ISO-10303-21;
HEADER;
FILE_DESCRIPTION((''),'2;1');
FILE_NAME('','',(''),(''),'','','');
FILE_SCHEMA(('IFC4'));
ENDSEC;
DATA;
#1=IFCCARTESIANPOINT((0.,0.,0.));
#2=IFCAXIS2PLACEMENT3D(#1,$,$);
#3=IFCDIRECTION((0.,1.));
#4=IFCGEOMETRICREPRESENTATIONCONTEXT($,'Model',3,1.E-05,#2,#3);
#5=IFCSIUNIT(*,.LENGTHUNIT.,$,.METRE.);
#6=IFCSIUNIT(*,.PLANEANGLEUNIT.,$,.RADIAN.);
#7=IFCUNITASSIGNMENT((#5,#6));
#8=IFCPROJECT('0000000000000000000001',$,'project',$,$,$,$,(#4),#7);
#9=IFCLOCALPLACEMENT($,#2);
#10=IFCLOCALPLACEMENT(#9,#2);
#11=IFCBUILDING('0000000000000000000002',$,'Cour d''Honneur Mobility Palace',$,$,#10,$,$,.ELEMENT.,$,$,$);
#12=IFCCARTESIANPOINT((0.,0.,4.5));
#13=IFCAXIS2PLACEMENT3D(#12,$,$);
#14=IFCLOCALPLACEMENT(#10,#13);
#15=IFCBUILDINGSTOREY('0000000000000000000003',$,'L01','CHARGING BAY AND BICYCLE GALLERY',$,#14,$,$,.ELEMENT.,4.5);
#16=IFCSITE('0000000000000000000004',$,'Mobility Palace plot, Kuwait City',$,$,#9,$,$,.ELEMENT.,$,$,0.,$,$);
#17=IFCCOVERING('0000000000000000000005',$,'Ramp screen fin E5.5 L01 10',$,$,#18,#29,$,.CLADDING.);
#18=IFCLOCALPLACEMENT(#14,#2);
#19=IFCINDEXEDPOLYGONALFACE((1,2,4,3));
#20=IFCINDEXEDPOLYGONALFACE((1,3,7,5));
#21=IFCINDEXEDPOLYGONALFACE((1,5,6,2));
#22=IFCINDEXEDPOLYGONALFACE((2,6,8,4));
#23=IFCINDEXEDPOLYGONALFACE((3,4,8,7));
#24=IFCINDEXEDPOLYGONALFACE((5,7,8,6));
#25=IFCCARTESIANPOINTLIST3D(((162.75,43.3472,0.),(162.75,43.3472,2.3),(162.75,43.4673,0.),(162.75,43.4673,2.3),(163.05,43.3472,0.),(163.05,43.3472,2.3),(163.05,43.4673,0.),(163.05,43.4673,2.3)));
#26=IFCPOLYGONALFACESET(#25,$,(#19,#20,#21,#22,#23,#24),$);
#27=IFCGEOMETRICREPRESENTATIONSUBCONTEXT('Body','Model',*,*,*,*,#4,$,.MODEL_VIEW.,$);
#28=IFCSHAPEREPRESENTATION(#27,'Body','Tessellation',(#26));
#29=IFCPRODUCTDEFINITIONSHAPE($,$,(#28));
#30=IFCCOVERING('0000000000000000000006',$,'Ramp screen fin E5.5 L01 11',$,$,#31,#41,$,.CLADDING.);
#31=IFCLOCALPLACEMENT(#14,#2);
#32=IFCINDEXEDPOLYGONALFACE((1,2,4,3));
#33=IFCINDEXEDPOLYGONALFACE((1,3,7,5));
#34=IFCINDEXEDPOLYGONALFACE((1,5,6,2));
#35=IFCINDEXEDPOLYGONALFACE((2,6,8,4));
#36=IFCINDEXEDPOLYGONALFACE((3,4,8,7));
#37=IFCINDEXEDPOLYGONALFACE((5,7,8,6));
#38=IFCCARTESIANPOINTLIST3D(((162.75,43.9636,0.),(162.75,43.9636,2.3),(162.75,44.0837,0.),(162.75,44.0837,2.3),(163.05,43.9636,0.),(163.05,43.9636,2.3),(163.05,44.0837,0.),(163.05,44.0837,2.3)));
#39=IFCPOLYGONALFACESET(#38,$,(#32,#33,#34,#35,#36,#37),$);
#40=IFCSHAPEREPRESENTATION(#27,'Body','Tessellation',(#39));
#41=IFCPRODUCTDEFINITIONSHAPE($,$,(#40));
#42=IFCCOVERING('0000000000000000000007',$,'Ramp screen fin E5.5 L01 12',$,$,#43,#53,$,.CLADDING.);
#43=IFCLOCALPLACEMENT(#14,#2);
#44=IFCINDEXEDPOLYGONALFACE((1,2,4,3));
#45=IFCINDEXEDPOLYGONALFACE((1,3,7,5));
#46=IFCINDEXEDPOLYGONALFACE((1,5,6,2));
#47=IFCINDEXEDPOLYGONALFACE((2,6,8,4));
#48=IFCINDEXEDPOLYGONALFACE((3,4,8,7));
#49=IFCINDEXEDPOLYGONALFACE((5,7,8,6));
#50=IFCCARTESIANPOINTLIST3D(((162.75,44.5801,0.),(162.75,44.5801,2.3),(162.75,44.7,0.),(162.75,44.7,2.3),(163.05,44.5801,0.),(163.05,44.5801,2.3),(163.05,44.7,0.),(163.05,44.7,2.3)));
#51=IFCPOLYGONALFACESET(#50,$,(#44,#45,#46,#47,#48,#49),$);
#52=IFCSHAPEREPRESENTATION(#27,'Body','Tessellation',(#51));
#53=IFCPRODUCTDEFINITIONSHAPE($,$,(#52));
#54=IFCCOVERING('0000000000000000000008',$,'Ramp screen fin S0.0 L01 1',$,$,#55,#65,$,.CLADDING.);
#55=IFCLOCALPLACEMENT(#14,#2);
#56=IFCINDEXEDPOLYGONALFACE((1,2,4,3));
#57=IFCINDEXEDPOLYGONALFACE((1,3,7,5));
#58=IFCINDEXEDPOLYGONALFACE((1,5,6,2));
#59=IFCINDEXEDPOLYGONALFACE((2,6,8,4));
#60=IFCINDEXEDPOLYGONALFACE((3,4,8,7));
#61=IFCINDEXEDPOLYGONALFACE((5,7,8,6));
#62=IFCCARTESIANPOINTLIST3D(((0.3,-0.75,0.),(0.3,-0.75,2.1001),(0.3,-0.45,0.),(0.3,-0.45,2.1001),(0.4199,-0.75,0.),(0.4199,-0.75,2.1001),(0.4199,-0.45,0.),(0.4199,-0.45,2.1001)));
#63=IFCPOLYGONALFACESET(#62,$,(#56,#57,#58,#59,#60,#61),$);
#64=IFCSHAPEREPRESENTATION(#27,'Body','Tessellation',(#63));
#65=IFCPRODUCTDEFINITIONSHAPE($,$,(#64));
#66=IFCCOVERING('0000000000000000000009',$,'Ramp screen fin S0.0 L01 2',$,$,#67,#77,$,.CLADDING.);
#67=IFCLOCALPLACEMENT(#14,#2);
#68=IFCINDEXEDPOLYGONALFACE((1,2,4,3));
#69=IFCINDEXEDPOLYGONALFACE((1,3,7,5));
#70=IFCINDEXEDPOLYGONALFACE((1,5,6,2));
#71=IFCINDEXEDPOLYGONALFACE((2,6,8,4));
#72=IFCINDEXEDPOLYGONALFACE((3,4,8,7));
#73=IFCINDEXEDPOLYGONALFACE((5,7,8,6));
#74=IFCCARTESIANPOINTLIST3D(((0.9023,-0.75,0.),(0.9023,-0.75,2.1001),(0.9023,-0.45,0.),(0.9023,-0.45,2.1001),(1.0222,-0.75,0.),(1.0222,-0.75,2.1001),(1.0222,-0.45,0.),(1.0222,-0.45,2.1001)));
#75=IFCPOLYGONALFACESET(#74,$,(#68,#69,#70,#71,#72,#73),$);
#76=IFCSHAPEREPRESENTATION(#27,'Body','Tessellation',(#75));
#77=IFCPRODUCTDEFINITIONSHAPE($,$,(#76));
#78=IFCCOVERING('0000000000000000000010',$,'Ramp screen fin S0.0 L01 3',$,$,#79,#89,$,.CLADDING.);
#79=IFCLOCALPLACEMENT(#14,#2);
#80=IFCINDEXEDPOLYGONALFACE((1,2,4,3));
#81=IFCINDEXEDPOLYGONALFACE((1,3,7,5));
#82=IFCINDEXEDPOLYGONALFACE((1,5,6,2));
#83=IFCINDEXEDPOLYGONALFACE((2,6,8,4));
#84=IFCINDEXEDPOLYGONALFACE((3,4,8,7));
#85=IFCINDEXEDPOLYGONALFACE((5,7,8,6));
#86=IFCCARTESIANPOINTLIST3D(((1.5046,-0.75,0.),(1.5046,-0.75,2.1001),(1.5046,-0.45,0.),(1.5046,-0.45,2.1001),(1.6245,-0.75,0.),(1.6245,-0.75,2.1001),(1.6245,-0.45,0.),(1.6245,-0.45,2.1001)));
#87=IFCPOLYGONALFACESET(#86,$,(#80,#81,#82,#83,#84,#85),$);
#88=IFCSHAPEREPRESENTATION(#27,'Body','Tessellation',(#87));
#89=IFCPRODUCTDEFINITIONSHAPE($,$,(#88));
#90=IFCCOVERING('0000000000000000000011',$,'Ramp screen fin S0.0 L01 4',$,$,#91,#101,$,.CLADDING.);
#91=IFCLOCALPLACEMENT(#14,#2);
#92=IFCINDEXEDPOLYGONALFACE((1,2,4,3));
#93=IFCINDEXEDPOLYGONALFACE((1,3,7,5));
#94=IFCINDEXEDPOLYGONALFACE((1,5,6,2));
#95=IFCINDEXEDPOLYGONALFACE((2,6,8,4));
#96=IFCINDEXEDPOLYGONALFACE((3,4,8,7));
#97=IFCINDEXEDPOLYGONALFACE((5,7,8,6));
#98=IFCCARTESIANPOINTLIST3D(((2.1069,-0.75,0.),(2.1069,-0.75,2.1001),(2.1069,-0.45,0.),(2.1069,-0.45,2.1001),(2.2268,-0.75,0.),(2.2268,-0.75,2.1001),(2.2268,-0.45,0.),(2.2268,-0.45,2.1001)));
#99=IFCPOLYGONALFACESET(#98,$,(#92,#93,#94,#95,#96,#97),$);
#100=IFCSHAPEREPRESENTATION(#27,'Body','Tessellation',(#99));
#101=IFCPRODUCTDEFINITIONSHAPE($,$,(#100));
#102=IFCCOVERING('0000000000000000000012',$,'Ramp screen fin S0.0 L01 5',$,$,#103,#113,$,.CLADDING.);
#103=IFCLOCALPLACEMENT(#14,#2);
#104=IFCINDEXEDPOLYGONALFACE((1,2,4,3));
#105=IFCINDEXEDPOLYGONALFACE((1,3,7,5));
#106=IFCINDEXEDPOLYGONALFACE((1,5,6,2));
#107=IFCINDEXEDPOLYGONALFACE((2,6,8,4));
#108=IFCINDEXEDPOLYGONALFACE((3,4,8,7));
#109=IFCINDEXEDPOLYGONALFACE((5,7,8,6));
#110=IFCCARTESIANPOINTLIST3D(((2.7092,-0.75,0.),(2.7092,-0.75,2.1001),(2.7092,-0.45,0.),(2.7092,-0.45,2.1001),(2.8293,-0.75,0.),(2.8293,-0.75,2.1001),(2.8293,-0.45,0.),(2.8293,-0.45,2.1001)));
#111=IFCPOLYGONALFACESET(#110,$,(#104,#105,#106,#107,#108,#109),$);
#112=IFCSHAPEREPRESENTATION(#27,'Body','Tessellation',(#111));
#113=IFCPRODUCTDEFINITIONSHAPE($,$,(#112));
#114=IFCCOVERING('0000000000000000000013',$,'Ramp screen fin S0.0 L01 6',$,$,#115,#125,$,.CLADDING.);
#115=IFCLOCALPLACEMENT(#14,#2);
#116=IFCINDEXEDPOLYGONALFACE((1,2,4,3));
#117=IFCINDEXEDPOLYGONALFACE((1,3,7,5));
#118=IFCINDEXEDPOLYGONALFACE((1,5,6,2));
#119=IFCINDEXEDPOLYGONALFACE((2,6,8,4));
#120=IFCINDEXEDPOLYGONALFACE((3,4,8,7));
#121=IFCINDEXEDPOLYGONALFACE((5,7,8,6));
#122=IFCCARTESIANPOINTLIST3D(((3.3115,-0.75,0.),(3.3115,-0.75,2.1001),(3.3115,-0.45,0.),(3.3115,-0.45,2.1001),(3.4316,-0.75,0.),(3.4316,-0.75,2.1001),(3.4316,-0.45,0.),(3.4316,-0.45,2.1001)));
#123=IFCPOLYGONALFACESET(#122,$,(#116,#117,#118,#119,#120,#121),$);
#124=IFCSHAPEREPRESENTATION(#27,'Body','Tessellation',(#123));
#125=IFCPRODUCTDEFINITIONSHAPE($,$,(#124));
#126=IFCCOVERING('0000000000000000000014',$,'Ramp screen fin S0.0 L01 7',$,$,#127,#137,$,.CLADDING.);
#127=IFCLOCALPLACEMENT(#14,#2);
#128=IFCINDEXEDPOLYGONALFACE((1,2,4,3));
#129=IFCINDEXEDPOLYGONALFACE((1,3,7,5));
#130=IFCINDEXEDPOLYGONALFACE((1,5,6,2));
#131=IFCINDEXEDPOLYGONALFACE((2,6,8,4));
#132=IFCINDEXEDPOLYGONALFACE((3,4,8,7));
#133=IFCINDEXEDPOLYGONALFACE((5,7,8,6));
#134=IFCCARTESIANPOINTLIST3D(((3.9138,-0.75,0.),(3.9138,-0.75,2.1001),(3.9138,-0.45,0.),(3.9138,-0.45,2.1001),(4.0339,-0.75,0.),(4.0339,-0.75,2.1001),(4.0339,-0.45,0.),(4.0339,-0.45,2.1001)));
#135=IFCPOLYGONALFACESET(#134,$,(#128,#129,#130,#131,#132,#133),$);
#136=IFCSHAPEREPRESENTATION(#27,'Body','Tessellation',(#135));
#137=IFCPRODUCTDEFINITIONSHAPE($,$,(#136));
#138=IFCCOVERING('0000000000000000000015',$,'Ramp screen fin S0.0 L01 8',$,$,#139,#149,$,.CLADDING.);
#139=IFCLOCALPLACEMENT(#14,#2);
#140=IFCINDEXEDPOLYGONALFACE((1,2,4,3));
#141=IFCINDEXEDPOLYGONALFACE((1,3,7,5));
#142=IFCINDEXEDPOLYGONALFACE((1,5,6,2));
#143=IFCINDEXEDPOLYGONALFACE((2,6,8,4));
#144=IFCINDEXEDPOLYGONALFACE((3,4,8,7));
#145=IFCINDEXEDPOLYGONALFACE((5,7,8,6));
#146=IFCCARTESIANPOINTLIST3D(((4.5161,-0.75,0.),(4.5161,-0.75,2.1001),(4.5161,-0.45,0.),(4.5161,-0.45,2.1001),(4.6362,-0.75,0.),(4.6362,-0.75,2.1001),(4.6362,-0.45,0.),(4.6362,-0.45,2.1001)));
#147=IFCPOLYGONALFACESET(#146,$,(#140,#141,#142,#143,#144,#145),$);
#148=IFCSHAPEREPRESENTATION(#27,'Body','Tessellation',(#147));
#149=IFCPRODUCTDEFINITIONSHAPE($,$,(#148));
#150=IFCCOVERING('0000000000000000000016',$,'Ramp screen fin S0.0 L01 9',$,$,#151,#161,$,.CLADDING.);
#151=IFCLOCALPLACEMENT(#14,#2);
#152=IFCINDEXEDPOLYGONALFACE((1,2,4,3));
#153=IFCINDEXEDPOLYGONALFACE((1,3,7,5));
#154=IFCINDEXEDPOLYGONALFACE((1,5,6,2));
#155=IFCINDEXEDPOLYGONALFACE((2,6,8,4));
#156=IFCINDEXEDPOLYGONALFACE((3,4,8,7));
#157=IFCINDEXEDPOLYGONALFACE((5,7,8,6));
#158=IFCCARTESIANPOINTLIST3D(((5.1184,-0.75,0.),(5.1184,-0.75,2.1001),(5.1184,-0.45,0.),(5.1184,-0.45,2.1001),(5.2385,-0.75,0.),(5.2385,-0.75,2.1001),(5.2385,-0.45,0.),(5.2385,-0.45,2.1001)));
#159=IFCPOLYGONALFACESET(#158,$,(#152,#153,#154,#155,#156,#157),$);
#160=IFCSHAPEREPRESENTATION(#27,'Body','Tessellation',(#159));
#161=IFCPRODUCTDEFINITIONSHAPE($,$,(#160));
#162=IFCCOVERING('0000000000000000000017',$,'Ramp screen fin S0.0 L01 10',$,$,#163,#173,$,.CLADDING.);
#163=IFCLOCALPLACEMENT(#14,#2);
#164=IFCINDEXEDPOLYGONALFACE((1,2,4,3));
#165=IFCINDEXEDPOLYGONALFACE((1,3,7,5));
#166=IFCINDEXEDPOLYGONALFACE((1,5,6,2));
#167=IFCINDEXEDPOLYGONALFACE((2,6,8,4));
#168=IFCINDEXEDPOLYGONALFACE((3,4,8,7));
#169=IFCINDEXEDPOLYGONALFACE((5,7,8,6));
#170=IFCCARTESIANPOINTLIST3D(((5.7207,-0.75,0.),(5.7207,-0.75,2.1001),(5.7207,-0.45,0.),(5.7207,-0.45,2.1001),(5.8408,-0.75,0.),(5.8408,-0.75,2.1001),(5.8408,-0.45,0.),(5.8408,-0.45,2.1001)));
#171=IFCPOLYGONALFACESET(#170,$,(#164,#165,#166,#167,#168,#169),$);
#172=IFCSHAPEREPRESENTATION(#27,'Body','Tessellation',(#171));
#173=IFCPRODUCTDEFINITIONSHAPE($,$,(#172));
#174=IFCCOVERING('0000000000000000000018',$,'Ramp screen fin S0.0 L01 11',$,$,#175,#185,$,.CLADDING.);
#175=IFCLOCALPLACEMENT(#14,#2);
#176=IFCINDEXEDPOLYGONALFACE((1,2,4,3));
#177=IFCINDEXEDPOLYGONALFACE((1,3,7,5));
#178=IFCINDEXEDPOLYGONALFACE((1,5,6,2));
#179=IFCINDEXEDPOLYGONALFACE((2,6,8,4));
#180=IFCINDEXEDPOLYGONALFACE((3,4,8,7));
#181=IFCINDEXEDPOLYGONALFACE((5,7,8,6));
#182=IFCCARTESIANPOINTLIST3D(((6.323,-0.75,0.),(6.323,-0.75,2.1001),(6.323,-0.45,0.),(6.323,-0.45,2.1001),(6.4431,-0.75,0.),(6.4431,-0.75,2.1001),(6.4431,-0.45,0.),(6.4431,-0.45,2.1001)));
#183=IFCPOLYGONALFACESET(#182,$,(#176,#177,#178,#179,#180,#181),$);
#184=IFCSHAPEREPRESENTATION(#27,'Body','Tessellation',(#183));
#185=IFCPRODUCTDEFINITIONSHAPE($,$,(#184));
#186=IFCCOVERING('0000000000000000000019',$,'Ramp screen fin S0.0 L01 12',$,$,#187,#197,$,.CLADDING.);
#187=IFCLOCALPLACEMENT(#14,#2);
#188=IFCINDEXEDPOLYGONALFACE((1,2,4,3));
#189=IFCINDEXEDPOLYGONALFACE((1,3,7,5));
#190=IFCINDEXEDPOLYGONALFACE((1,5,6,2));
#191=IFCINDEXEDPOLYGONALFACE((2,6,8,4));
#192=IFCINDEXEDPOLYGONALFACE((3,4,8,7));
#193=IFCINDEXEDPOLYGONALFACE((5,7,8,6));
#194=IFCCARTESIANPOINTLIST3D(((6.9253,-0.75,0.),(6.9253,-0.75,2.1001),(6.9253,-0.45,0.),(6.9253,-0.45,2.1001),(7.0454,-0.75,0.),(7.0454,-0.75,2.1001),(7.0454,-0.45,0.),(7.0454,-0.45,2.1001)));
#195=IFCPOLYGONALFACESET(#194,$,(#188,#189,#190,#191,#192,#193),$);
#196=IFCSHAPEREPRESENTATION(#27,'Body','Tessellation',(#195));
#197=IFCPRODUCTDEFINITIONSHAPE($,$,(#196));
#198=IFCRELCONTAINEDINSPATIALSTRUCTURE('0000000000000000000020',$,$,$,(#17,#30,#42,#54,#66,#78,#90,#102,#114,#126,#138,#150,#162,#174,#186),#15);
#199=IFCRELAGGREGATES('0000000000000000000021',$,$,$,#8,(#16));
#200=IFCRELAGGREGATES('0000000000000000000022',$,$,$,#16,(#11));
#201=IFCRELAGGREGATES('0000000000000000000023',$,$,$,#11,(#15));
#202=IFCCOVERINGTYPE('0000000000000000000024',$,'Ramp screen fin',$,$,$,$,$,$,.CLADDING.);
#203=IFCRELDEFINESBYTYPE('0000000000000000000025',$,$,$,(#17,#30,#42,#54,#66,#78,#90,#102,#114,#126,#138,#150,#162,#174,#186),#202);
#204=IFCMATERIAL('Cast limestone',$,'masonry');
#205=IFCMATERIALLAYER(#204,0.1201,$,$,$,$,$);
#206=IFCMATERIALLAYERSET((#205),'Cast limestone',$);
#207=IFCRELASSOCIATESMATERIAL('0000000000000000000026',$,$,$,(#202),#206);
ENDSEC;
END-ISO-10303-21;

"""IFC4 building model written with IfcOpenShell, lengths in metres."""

from ifc_helpers import new_model, si_unit, direction, frame, origin, place, context, subcontext, project, spatial, polyline, outline, extrude, material, layer, layer_set, type_object, element, save


model = new_model("IFC4")

# Units and contexts
model_context = context("Model", 3, precision=1e-05, world=origin(), true_north=direction((0.0, 1.0)))
body_context = subcontext(model_context, "Body", "Model", "MODEL_VIEW")
ifc_project = project(units=[si_unit("LENGTHUNIT", "METRE"), si_unit("PLANEANGLEUNIT", "RADIAN")], contexts=[model_context])

# Site, building, storey
site_placement = place(None, origin())
site = spatial("IfcSite", under=ifc_project, at=site_placement, Name="Mobility Palace plot, Kuwait City", CompositionType="ELEMENT", RefElevation=0.0)
building_placement = place(site_placement, origin())
building = spatial("IfcBuilding", under=site, at=building_placement, Name="Cour d'Honneur Mobility Palace", CompositionType="ELEMENT")
storey_placement = place(building_placement, frame((0.0, 0.0, 4.5)))
storey = spatial("IfcBuildingStorey", under=building, at=storey_placement, Name="L01", Description="CHARGING BAY AND BICYCLE GALLERY", CompositionType="ELEMENT", Elevation=4.5)

# Coverings
ifc_material = material(Name="Cast limestone", Category="masonry")
ifc_layer = layer(ifc_material, 0.1201)
ifc_layer_set = layer_set([ifc_layer], Name="Cast limestone")
covering_type = type_object("IfcCoveringType", Name="Ramp screen fin", PredefinedType="CLADDING", material=ifc_layer_set)
covering_1_placement = place(storey_placement, origin())
element("IfcCovering", 1, at=covering_1_placement, inside=storey, type_object=covering_type, Name="Ramp screen fin E5.5 L01 10", PredefinedType="CLADDING", context=body_context, shape_type="SweptSolid", body=[
    extrude(outline(polyline([(162.75, 43.3472), (162.75, 43.4673), (163.05, 43.4673), (163.05, 43.3472), (162.75, 43.3472)])), origin(), (0.0, 0.0, 1.0), 2.3),
])
covering_2_placement = place(storey_placement, origin())
element("IfcCovering", 2, at=covering_2_placement, inside=storey, type_object=covering_type, Name="Ramp screen fin E5.5 L01 11", PredefinedType="CLADDING", context=body_context, shape_type="SweptSolid", body=[
    extrude(outline(polyline([(162.75, 43.9636), (162.75, 44.0837), (163.05, 44.0837), (163.05, 43.9636), (162.75, 43.9636)])), origin(), (0.0, 0.0, 1.0), 2.3),
])
covering_3_placement = place(storey_placement, origin())
element("IfcCovering", 3, at=covering_3_placement, inside=storey, type_object=covering_type, Name="Ramp screen fin E5.5 L01 12", PredefinedType="CLADDING", context=body_context, shape_type="SweptSolid", body=[
    extrude(outline(polyline([(162.75, 44.5801), (162.75, 44.7), (163.05, 44.7), (163.05, 44.5801), (162.75, 44.5801)])), origin(), (0.0, 0.0, 1.0), 2.3),
])
covering_4_placement = place(storey_placement, origin())
element("IfcCovering", 4, at=covering_4_placement, inside=storey, type_object=covering_type, Name="Ramp screen fin S0.0 L01 1", PredefinedType="CLADDING", context=body_context, shape_type="SweptSolid", body=[
    extrude(outline(polyline([(0.3, -0.45), (0.4199, -0.45), (0.4199, -0.75), (0.3, -0.75), (0.3, -0.45)])), origin(), (0.0, 0.0, 1.0), 2.1001),
])
covering_5_placement = place(storey_placement, origin())
element("IfcCovering", 5, at=covering_5_placement, inside=storey, type_object=covering_type, Name="Ramp screen fin S0.0 L01 2", PredefinedType="CLADDING", context=body_context, shape_type="SweptSolid", body=[
    extrude(outline(polyline([(0.9023, -0.45), (1.0222, -0.45), (1.0222, -0.75), (0.9023, -0.75), (0.9023, -0.45)])), origin(), (0.0, 0.0, 1.0), 2.1001),
])
covering_6_placement = place(storey_placement, origin())
element("IfcCovering", 6, at=covering_6_placement, inside=storey, type_object=covering_type, Name="Ramp screen fin S0.0 L01 3", PredefinedType="CLADDING", context=body_context, shape_type="SweptSolid", body=[
    extrude(outline(polyline([(1.5046, -0.45), (1.6245, -0.45), (1.6245, -0.75), (1.5046, -0.75), (1.5046, -0.45)])), origin(), (0.0, 0.0, 1.0), 2.1001),
])
covering_7_placement = place(storey_placement, origin())
element("IfcCovering", 7, at=covering_7_placement, inside=storey, type_object=covering_type, Name="Ramp screen fin S0.0 L01 4", PredefinedType="CLADDING", context=body_context, shape_type="SweptSolid", body=[
    extrude(outline(polyline([(2.1069, -0.45), (2.2268, -0.45), (2.2268, -0.75), (2.1069, -0.75), (2.1069, -0.45)])), origin(), (0.0, 0.0, 1.0), 2.1001),
])
covering_8_placement = place(storey_placement, origin())
element("IfcCovering", 8, at=covering_8_placement, inside=storey, type_object=covering_type, Name="Ramp screen fin S0.0 L01 5", PredefinedType="CLADDING", context=body_context, shape_type="SweptSolid", body=[
    extrude(outline(polyline([(2.7092, -0.45), (2.8293, -0.45), (2.8293, -0.75), (2.7092, -0.75), (2.7092, -0.45)])), origin(), (0.0, 0.0, 1.0), 2.1001),
])
covering_9_placement = place(storey_placement, origin())
element("IfcCovering", 9, at=covering_9_placement, inside=storey, type_object=covering_type, Name="Ramp screen fin S0.0 L01 6", PredefinedType="CLADDING", context=body_context, shape_type="SweptSolid", body=[
    extrude(outline(polyline([(3.3115, -0.45), (3.4316, -0.45), (3.4316, -0.75), (3.3115, -0.75), (3.3115, -0.45)])), origin(), (0.0, 0.0, 1.0), 2.1001),
])
covering_10_placement = place(storey_placement, origin())
element("IfcCovering", 10, at=covering_10_placement, inside=storey, type_object=covering_type, Name="Ramp screen fin S0.0 L01 7", PredefinedType="CLADDING", context=body_context, shape_type="SweptSolid", body=[
    extrude(outline(polyline([(3.9138, -0.45), (4.0339, -0.45), (4.0339, -0.75), (3.9138, -0.75), (3.9138, -0.45)])), origin(), (0.0, 0.0, 1.0), 2.1001),
])
covering_11_placement = place(storey_placement, origin())
element("IfcCovering", 11, at=covering_11_placement, inside=storey, type_object=covering_type, Name="Ramp screen fin S0.0 L01 8", PredefinedType="CLADDING", context=body_context, shape_type="SweptSolid", body=[
    extrude(outline(polyline([(4.5161, -0.45), (4.6362, -0.45), (4.6362, -0.75), (4.5161, -0.75), (4.5161, -0.45)])), origin(), (0.0, 0.0, 1.0), 2.1001),
])
covering_12_placement = place(storey_placement, origin())
element("IfcCovering", 12, at=covering_12_placement, inside=storey, type_object=covering_type, Name="Ramp screen fin S0.0 L01 9", PredefinedType="CLADDING", context=body_context, shape_type="SweptSolid", body=[
    extrude(outline(polyline([(5.1184, -0.45), (5.2385, -0.45), (5.2385, -0.75), (5.1184, -0.75), (5.1184, -0.45)])), origin(), (0.0, 0.0, 1.0), 2.1001),
])
covering_13_placement = place(storey_placement, origin())
element("IfcCovering", 13, at=covering_13_placement, inside=storey, type_object=covering_type, Name="Ramp screen fin S0.0 L01 10", PredefinedType="CLADDING", context=body_context, shape_type="SweptSolid", body=[
    extrude(outline(polyline([(5.7207, -0.45), (5.8408, -0.45), (5.8408, -0.75), (5.7207, -0.75), (5.7207, -0.45)])), origin(), (0.0, 0.0, 1.0), 2.1001),
])
covering_14_placement = place(storey_placement, origin())
element("IfcCovering", 14, at=covering_14_placement, inside=storey, type_object=covering_type, Name="Ramp screen fin S0.0 L01 11", PredefinedType="CLADDING", context=body_context, shape_type="SweptSolid", body=[
    extrude(outline(polyline([(6.323, -0.45), (6.4431, -0.45), (6.4431, -0.75), (6.323, -0.75), (6.323, -0.45)])), origin(), (0.0, 0.0, 1.0), 2.1001),
])
covering_15_placement = place(storey_placement, origin())
element("IfcCovering", 15, at=covering_15_placement, inside=storey, type_object=covering_type, Name="Ramp screen fin S0.0 L01 12", PredefinedType="CLADDING", context=body_context, shape_type="SweptSolid", body=[
    extrude(outline(polyline([(6.9253, -0.45), (7.0454, -0.45), (7.0454, -0.75), (6.9253, -0.75), (6.9253, -0.45)])), origin(), (0.0, 0.0, 1.0), 2.1001),
])

save(model, "model.ifc")
